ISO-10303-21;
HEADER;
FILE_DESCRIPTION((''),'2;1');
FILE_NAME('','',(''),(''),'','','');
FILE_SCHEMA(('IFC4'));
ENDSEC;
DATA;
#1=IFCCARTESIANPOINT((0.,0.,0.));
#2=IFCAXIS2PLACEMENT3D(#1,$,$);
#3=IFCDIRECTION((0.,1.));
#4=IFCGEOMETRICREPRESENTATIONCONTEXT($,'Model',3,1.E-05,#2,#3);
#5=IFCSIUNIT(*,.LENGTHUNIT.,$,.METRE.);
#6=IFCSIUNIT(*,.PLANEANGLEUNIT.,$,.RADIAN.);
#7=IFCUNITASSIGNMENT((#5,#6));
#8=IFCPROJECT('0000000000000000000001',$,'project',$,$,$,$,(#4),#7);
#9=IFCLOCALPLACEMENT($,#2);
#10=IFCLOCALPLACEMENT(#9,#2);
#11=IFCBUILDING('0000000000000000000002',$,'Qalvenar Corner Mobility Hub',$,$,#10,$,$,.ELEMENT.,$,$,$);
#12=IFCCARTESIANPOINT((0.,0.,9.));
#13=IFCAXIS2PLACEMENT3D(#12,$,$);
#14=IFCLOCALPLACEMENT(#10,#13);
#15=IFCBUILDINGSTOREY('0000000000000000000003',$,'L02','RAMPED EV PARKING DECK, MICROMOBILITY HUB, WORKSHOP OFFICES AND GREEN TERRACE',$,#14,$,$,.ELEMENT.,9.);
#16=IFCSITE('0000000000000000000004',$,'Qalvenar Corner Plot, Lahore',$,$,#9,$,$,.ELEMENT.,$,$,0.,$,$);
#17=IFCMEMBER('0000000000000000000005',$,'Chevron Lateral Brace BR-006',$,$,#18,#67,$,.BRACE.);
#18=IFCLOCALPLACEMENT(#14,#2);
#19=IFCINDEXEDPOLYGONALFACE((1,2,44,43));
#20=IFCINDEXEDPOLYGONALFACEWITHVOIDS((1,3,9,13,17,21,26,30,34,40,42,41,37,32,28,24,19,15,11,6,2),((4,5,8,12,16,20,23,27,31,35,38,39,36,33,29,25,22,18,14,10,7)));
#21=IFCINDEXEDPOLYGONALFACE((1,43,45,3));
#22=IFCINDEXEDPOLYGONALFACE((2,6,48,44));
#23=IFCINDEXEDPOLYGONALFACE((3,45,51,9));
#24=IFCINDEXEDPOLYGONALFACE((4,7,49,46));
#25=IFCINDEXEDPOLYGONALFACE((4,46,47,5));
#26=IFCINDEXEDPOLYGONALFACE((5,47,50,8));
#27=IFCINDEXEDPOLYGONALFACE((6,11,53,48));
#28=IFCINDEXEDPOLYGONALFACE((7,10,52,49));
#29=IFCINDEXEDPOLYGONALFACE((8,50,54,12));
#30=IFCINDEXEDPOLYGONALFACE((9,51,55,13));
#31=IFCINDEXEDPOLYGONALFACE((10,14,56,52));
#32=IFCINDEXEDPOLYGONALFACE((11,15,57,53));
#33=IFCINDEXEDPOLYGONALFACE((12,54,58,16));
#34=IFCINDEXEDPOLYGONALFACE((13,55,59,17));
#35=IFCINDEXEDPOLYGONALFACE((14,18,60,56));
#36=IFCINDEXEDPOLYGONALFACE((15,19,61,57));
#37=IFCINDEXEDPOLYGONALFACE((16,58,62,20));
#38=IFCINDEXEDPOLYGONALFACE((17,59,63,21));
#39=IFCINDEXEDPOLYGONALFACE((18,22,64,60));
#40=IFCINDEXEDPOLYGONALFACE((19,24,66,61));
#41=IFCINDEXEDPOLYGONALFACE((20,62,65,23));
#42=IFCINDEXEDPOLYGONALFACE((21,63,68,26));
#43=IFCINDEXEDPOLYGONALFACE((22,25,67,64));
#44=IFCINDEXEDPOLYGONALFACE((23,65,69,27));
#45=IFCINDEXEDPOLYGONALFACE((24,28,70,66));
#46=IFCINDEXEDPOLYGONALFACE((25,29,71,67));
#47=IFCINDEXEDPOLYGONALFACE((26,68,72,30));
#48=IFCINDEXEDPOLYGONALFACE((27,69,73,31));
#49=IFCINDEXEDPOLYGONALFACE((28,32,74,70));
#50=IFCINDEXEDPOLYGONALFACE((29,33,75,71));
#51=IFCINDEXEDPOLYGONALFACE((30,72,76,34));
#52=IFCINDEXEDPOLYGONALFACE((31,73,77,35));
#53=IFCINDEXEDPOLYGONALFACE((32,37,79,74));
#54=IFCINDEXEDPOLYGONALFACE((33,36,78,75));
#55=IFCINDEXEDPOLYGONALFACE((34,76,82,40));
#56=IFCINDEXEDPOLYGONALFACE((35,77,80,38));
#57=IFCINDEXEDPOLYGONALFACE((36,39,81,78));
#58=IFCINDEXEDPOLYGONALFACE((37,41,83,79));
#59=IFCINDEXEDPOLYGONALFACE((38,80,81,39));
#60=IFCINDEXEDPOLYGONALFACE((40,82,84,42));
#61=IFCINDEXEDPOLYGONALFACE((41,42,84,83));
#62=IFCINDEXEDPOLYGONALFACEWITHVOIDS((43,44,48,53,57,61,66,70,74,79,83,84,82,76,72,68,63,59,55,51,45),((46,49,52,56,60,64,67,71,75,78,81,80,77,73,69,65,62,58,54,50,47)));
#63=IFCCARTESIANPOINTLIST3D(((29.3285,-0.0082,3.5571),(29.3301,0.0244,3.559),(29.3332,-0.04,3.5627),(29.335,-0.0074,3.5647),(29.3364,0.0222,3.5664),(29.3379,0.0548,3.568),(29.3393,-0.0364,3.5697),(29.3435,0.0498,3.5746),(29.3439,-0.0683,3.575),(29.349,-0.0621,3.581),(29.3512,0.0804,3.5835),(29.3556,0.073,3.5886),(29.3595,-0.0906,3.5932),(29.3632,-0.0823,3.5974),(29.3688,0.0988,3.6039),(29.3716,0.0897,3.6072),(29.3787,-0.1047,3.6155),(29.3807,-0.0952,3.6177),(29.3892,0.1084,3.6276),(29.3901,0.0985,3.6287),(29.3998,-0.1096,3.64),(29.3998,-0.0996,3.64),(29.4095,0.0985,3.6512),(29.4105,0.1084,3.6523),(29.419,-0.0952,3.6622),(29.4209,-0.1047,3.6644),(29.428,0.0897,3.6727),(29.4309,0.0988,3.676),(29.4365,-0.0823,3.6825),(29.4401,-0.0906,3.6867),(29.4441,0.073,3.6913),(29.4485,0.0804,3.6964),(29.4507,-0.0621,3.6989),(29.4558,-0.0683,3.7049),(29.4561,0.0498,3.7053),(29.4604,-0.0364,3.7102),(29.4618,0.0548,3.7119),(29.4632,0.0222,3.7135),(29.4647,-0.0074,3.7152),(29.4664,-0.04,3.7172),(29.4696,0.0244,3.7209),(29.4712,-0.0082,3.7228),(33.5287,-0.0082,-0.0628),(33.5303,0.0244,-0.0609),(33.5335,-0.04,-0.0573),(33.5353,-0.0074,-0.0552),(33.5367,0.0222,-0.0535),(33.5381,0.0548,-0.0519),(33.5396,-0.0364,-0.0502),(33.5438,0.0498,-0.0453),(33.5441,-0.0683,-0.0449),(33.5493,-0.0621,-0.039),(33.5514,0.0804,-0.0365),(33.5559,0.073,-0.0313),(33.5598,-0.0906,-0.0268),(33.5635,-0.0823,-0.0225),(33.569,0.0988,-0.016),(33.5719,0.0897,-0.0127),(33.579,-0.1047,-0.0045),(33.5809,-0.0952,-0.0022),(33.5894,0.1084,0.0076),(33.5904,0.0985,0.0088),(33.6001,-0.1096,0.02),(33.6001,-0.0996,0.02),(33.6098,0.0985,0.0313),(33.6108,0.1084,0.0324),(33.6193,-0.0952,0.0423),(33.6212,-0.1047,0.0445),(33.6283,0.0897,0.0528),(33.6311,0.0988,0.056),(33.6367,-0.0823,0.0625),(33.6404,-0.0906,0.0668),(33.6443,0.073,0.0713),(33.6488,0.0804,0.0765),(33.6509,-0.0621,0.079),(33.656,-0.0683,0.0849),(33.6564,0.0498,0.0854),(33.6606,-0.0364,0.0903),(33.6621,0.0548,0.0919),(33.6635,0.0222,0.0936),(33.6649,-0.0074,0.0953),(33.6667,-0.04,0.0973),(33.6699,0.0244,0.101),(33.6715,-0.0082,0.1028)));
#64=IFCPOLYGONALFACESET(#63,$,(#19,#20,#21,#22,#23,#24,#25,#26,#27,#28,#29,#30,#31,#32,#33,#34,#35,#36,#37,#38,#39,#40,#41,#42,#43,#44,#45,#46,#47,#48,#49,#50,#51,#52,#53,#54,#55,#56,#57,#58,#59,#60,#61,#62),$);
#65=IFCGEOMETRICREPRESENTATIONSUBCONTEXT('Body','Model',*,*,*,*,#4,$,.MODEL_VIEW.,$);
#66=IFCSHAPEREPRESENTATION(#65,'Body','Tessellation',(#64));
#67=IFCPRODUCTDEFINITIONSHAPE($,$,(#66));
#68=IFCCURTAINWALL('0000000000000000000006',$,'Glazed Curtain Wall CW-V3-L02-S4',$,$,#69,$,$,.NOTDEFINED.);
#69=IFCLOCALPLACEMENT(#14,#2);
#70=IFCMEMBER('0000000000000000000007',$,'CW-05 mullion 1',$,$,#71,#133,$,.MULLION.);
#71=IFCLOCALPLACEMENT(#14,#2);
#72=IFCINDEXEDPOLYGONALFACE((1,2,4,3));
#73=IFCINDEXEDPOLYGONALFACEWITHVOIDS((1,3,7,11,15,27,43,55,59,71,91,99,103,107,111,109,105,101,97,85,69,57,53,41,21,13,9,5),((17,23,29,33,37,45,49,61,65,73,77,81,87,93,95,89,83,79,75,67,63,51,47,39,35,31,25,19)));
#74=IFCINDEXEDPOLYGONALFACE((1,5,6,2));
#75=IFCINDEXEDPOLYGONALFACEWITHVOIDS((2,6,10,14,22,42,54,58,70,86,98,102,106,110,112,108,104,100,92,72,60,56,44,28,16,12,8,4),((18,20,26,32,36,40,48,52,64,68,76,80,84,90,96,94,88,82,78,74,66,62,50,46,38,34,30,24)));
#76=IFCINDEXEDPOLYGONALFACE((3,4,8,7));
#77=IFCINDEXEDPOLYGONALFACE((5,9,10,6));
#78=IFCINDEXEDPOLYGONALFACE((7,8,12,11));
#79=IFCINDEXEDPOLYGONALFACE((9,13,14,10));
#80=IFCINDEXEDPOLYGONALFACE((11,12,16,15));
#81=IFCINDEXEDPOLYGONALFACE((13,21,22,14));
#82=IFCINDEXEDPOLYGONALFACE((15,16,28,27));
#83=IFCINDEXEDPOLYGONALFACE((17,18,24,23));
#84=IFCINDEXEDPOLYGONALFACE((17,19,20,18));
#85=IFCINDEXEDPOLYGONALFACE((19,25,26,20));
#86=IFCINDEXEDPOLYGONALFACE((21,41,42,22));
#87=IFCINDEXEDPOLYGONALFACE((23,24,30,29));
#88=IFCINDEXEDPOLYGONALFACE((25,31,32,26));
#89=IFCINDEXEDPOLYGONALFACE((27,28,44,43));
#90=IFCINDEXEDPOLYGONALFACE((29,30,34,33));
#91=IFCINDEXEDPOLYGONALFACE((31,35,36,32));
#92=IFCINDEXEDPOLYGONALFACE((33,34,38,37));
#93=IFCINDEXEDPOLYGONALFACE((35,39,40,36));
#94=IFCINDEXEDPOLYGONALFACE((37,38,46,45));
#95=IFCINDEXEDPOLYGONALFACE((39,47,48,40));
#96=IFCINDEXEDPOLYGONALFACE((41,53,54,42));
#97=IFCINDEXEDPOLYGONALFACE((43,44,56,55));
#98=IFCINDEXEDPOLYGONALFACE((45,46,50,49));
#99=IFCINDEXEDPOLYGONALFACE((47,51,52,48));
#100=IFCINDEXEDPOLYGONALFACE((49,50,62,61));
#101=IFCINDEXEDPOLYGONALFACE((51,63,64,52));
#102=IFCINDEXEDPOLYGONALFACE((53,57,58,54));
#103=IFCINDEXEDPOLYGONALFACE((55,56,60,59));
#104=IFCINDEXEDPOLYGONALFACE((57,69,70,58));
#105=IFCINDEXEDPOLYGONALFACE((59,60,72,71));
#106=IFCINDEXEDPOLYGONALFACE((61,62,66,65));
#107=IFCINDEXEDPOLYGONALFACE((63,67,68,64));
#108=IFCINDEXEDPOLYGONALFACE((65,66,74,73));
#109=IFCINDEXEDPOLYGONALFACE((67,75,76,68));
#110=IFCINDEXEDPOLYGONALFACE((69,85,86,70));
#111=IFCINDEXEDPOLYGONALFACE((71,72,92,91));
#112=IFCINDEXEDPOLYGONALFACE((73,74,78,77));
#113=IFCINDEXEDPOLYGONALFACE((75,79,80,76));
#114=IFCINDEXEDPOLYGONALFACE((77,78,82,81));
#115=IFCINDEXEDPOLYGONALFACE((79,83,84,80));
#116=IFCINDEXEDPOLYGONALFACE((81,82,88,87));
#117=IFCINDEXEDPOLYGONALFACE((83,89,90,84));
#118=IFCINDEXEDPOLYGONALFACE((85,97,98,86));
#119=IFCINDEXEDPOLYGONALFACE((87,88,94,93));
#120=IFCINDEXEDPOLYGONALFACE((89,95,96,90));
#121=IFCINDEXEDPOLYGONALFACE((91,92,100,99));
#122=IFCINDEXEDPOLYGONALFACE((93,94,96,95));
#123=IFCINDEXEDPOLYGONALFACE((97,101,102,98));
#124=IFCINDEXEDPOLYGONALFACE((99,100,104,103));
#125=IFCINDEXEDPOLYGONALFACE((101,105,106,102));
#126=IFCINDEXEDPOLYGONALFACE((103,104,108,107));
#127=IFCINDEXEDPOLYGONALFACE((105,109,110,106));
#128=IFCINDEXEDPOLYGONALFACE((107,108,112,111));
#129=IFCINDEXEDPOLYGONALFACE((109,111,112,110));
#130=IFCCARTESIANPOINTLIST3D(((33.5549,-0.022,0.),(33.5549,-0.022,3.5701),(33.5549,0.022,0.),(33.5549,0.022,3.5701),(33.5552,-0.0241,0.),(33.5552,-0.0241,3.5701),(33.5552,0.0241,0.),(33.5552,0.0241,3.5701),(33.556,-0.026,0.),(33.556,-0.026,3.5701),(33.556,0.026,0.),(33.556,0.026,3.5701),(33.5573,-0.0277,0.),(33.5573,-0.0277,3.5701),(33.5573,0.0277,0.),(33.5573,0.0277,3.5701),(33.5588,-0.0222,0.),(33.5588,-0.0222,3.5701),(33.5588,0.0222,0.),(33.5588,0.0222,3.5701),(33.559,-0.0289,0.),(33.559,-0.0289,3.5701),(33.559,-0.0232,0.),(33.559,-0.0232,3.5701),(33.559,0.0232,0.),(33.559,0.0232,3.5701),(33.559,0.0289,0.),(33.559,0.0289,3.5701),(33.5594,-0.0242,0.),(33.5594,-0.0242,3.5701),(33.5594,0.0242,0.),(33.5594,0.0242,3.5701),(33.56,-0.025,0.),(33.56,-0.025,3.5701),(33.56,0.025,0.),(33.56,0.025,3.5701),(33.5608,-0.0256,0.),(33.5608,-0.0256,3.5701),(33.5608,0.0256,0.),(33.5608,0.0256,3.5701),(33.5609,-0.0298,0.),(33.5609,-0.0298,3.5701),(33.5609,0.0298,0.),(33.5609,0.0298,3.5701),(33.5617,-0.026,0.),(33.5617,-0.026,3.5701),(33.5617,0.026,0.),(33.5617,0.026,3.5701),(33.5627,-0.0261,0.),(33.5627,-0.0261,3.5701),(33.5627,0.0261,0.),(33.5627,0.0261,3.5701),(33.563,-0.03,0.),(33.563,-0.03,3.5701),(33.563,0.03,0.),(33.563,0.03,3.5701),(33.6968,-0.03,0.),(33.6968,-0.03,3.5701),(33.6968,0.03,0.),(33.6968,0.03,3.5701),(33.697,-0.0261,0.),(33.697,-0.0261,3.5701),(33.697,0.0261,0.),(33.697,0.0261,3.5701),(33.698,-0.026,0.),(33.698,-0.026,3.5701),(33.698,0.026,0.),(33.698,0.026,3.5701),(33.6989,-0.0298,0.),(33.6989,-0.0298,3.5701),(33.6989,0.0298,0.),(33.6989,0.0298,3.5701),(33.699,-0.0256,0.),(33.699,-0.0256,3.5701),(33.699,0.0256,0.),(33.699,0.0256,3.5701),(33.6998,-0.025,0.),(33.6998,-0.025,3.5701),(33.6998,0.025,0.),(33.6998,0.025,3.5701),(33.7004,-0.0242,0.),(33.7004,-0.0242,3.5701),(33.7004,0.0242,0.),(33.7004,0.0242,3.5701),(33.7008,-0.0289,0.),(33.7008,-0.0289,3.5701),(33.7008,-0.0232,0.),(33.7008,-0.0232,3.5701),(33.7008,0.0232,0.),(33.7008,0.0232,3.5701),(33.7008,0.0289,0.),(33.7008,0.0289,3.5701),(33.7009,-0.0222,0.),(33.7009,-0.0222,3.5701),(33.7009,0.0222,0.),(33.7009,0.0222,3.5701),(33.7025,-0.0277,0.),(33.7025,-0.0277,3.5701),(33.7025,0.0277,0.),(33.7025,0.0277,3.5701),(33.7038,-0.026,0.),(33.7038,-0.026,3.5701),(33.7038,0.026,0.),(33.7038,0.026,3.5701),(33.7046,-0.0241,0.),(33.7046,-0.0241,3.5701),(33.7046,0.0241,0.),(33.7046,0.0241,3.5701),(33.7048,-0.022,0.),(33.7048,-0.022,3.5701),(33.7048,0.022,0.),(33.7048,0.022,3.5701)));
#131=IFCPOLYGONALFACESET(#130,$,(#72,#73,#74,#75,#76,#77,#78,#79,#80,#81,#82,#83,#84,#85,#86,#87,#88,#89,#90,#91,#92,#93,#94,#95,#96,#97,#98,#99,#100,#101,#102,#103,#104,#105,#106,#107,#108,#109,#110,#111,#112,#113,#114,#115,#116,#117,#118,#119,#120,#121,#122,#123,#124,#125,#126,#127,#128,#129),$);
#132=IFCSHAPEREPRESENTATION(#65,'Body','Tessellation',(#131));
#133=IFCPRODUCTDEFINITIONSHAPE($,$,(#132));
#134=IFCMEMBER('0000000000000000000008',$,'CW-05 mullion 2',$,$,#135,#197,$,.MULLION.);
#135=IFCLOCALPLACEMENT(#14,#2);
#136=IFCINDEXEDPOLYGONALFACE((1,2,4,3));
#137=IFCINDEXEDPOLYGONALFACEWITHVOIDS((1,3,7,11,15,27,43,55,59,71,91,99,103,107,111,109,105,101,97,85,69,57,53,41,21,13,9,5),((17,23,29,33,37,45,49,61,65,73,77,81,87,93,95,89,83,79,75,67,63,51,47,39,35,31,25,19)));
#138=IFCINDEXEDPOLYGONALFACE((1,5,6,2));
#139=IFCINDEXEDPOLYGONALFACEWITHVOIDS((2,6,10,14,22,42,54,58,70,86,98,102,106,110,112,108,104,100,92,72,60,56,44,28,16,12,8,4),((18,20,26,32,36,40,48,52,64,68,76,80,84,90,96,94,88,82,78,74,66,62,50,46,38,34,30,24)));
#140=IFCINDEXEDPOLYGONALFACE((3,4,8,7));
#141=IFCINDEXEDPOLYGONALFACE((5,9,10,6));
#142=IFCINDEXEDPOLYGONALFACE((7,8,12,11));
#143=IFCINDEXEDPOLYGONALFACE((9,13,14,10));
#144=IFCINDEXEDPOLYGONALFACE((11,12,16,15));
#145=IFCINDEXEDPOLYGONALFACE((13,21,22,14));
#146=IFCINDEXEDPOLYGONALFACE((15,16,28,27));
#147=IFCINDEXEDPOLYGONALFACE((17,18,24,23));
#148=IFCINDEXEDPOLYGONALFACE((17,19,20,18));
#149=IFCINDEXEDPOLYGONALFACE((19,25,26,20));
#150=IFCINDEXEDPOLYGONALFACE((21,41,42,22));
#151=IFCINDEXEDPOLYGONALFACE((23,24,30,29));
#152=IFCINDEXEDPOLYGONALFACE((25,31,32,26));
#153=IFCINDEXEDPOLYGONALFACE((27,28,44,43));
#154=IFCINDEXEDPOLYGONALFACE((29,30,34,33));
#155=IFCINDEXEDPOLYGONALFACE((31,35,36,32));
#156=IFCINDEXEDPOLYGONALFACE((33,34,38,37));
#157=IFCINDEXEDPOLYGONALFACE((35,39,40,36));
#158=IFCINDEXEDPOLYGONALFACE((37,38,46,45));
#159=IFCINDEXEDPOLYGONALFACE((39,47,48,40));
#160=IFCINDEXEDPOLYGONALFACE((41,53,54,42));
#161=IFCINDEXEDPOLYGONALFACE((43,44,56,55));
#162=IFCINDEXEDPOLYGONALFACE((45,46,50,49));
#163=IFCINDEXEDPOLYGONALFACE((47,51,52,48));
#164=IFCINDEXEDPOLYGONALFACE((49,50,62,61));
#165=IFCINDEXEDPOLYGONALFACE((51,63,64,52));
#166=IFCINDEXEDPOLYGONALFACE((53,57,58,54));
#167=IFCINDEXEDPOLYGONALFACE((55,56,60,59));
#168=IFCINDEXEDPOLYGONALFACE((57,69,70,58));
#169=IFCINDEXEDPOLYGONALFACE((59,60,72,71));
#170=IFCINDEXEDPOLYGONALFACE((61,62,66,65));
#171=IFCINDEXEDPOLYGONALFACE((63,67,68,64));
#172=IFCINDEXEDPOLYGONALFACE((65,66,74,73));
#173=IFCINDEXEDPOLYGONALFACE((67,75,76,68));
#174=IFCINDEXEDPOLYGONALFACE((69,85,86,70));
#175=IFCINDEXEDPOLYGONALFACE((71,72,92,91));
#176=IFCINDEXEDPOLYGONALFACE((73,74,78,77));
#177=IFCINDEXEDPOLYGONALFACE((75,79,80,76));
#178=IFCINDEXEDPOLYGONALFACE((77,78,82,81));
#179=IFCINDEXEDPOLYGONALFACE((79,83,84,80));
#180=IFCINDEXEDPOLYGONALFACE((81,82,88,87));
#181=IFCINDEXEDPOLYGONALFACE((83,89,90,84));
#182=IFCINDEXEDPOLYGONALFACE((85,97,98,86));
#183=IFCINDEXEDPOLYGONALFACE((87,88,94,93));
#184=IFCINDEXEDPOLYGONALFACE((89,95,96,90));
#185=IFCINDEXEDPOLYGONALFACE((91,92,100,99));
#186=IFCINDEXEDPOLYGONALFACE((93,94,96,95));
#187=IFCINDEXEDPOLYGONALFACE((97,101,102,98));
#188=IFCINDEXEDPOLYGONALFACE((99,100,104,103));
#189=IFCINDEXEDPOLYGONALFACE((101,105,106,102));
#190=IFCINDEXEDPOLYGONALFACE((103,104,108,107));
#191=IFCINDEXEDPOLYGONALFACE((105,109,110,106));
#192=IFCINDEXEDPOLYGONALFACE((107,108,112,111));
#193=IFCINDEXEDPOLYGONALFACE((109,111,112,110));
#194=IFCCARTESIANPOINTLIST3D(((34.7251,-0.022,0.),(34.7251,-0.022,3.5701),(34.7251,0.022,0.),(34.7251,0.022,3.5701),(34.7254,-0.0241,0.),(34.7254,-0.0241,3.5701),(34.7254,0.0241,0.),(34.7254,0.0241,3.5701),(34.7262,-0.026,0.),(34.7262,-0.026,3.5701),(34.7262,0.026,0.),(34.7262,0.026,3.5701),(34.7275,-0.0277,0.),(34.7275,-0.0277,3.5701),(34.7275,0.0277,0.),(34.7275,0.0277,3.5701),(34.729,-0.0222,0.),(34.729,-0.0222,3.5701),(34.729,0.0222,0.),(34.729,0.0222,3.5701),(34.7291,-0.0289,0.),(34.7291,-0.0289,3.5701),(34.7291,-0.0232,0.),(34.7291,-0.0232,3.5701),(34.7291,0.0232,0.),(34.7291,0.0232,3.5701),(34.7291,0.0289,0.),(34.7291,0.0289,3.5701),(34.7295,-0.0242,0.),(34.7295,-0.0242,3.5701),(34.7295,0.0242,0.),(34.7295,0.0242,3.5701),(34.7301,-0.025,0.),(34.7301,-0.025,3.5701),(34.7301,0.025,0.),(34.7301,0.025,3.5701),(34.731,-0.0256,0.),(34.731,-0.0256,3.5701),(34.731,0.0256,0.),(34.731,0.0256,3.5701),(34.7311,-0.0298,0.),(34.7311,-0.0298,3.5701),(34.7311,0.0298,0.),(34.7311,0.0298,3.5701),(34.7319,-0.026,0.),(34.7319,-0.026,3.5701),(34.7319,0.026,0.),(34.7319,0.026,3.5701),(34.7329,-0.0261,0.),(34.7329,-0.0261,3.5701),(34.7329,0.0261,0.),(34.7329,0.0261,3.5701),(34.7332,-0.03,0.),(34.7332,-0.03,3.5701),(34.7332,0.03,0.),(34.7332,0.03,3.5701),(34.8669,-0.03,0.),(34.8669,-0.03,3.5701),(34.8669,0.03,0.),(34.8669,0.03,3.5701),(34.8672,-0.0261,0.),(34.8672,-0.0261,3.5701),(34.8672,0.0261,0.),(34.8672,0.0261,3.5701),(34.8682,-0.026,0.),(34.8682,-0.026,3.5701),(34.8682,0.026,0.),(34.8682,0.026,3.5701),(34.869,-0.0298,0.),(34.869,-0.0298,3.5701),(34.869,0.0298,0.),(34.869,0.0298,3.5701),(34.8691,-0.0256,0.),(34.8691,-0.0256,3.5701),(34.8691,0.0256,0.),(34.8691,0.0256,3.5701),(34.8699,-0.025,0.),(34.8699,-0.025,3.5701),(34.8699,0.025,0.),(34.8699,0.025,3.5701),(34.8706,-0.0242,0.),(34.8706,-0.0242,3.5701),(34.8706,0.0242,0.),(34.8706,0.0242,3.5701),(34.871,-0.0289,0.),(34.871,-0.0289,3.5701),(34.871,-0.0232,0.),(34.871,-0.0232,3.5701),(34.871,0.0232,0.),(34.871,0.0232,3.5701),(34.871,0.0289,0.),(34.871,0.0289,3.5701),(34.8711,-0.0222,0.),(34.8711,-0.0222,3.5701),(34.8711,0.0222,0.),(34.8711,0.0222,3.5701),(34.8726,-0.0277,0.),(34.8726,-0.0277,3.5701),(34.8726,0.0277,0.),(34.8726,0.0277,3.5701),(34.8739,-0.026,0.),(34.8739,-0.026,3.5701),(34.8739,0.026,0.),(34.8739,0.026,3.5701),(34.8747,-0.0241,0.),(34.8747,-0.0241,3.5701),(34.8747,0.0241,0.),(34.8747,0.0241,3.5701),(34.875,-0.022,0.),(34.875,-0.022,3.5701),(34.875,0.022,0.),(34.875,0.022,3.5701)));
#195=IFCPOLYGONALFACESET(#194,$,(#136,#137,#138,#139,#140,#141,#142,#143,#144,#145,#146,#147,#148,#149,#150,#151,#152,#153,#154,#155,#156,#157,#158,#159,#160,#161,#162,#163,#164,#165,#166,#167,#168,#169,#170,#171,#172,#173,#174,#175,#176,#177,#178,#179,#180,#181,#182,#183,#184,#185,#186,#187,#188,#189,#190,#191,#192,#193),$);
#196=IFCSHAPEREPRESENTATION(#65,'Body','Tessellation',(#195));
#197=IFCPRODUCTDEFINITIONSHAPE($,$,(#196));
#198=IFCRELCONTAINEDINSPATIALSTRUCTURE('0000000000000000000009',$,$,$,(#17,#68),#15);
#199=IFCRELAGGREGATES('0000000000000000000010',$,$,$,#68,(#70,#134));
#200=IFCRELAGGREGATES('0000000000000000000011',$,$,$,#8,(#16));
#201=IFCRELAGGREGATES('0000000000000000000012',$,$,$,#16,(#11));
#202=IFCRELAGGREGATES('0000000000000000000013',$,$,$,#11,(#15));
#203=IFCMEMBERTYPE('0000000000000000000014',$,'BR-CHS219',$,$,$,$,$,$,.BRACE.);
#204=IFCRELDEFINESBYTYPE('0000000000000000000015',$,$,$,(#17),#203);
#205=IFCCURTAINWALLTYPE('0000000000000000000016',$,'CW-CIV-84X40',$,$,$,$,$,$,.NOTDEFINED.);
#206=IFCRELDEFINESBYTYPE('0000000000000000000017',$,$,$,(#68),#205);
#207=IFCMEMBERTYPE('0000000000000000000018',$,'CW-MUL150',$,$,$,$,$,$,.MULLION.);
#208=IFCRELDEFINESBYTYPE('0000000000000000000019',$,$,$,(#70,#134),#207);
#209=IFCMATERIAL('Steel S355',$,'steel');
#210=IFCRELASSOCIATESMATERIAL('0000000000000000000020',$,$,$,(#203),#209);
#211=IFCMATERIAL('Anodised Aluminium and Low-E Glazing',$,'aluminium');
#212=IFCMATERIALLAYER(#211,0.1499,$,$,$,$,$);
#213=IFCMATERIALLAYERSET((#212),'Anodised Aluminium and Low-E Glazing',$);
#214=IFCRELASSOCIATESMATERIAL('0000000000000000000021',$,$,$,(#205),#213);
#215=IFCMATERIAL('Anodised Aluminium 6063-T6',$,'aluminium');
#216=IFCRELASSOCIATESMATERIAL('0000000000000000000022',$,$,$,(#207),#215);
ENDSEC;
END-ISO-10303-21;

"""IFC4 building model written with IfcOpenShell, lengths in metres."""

from ifc_helpers import new_model, si_unit, direction, frame, origin, origin_2d, place, context, subcontext, project, spatial, hollow_rectangle, hollow_circle, extrude, material, layer, layer_set, material_profile, profile_set, type_object, element, aggregate, save


model = new_model("IFC4")

# Units and contexts
model_context = context("Model", 3, precision=1e-05, world=origin(), true_north=direction((0.0, 1.0)))
body_context = subcontext(model_context, "Body", "Model", "MODEL_VIEW")
ifc_project = project(units=[si_unit("LENGTHUNIT", "METRE"), si_unit("PLANEANGLEUNIT", "RADIAN")], contexts=[model_context])

# Site, building, storey
site_placement = place(None, origin())
site = spatial("IfcSite", under=ifc_project, at=site_placement, Name="Qalvenar Corner Plot, Lahore", CompositionType="ELEMENT", RefElevation=0.0)
building_placement = place(site_placement, origin())
building = spatial("IfcBuilding", under=site, at=building_placement, Name="Qalvenar Corner Mobility Hub", CompositionType="ELEMENT")
storey_placement = place(building_placement, frame((0.0, 0.0, 9.0)))
storey = spatial("IfcBuildingStorey", under=building, at=storey_placement, Name="L02", Description="RAMPED EV PARKING DECK, MICROMOBILITY HUB, WORKSHOP OFFICES AND GREEN TERRACE", CompositionType="ELEMENT", Elevation=9.0)

# Shared definitions
ifc_material_1 = material(Name="Steel S355", Category="steel")

# Member
ifc_material_profile_1 = material_profile(ifc_material_1, hollow_circle(Radius=0.1096, WallThickness=0.01, at=origin_2d()), Name="CHS219.1x10")
ifc_profile_set_1 = profile_set([ifc_material_profile_1], Name="Steel S355")
member_type_1 = type_object("IfcMemberType", Name="BR-CHS219", PredefinedType="BRACE", material=ifc_profile_set_1)
member_1_placement = place(storey_placement, frame((33.6001, 0.0, 0.02), z_axis=(-0.757498, 0.0, 0.652838), x_axis=(0.0, -1.0, 0.0)))
element("IfcMember", 1, at=member_1_placement, inside=storey, type_object=member_type_1, Name="Chevron Lateral Brace BR-006", PredefinedType="BRACE", context=body_context, shape_type="SweptSolid", body=[
    extrude(hollow_circle(Radius=0.1096, WallThickness=0.01, at=origin_2d()), origin(), (0.0, 0.0, 1.0), 5.5449),
])

# Curtain wall, members
ifc_material_2 = material(Name="Anodised Aluminium and Low-E Glazing", Category="aluminium")
ifc_layer_1 = layer(ifc_material_2, 0.1499)
ifc_layer_set_1 = layer_set([ifc_layer_1], Name="Anodised Aluminium and Low-E Glazing")
curtain_wall_type = type_object("IfcCurtainWallType", Name="CW-CIV-84X40", PredefinedType="NOTDEFINED", material=ifc_layer_set_1)
curtain_wall_placement = place(storey_placement, origin())
curtain_wall = element("IfcCurtainWall", 2, at=curtain_wall_placement, inside=storey, type_object=curtain_wall_type, Name="Glazed Curtain Wall CW-V3-L02-S4", PredefinedType="NOTDEFINED")
ifc_material_3 = material(Name="Anodised Aluminium 6063-T6", Category="aluminium")
ifc_material_profile_2 = material_profile(ifc_material_3, hollow_rectangle(XDim=0.0601, YDim=0.1499, WallThickness=0.0039, InnerFilletRadius=0.0039, OuterFilletRadius=0.0081, at=origin_2d()), Name="RHS150x60x4")
ifc_profile_set_2 = profile_set([ifc_material_profile_2], Name="Anodised Aluminium 6063-T6")
member_type_2 = type_object("IfcMemberType", Name="CW-MUL150", PredefinedType="MULLION", material=ifc_profile_set_2)
member_2_placement = place(storey_placement, frame((33.6299, 0.0, 0.0), z_axis=(0.0, 0.0, 1.0), x_axis=(0.0, 1.0, 0.0)))
member_2 = element("IfcMember", 3, at=member_2_placement, type_object=member_type_2, Name="CW-05 mullion 1", PredefinedType="MULLION", context=body_context, shape_type="SweptSolid", body=[
    extrude(hollow_rectangle(XDim=0.0601, YDim=0.1499, WallThickness=0.0039, InnerFilletRadius=0.0039, OuterFilletRadius=0.0081, at=origin_2d()), origin(), (0.0, 0.0, 1.0), 3.5701),
])
member_3_placement = place(storey_placement, frame((34.8, 0.0, 0.0), z_axis=(0.0, 0.0, 1.0), x_axis=(0.0, 1.0, 0.0)))
member_3 = element("IfcMember", 4, at=member_3_placement, type_object=member_type_2, Name="CW-05 mullion 2", PredefinedType="MULLION", context=body_context, shape_type="SweptSolid", body=[
    extrude(hollow_rectangle(XDim=0.0601, YDim=0.1499, WallThickness=0.0039, InnerFilletRadius=0.0039, OuterFilletRadius=0.0081, at=origin_2d()), origin(), (0.0, 0.0, 1.0), 3.5701),
])
aggregate(curtain_wall, [member_2, member_3])

save(model, "model.ifc")
